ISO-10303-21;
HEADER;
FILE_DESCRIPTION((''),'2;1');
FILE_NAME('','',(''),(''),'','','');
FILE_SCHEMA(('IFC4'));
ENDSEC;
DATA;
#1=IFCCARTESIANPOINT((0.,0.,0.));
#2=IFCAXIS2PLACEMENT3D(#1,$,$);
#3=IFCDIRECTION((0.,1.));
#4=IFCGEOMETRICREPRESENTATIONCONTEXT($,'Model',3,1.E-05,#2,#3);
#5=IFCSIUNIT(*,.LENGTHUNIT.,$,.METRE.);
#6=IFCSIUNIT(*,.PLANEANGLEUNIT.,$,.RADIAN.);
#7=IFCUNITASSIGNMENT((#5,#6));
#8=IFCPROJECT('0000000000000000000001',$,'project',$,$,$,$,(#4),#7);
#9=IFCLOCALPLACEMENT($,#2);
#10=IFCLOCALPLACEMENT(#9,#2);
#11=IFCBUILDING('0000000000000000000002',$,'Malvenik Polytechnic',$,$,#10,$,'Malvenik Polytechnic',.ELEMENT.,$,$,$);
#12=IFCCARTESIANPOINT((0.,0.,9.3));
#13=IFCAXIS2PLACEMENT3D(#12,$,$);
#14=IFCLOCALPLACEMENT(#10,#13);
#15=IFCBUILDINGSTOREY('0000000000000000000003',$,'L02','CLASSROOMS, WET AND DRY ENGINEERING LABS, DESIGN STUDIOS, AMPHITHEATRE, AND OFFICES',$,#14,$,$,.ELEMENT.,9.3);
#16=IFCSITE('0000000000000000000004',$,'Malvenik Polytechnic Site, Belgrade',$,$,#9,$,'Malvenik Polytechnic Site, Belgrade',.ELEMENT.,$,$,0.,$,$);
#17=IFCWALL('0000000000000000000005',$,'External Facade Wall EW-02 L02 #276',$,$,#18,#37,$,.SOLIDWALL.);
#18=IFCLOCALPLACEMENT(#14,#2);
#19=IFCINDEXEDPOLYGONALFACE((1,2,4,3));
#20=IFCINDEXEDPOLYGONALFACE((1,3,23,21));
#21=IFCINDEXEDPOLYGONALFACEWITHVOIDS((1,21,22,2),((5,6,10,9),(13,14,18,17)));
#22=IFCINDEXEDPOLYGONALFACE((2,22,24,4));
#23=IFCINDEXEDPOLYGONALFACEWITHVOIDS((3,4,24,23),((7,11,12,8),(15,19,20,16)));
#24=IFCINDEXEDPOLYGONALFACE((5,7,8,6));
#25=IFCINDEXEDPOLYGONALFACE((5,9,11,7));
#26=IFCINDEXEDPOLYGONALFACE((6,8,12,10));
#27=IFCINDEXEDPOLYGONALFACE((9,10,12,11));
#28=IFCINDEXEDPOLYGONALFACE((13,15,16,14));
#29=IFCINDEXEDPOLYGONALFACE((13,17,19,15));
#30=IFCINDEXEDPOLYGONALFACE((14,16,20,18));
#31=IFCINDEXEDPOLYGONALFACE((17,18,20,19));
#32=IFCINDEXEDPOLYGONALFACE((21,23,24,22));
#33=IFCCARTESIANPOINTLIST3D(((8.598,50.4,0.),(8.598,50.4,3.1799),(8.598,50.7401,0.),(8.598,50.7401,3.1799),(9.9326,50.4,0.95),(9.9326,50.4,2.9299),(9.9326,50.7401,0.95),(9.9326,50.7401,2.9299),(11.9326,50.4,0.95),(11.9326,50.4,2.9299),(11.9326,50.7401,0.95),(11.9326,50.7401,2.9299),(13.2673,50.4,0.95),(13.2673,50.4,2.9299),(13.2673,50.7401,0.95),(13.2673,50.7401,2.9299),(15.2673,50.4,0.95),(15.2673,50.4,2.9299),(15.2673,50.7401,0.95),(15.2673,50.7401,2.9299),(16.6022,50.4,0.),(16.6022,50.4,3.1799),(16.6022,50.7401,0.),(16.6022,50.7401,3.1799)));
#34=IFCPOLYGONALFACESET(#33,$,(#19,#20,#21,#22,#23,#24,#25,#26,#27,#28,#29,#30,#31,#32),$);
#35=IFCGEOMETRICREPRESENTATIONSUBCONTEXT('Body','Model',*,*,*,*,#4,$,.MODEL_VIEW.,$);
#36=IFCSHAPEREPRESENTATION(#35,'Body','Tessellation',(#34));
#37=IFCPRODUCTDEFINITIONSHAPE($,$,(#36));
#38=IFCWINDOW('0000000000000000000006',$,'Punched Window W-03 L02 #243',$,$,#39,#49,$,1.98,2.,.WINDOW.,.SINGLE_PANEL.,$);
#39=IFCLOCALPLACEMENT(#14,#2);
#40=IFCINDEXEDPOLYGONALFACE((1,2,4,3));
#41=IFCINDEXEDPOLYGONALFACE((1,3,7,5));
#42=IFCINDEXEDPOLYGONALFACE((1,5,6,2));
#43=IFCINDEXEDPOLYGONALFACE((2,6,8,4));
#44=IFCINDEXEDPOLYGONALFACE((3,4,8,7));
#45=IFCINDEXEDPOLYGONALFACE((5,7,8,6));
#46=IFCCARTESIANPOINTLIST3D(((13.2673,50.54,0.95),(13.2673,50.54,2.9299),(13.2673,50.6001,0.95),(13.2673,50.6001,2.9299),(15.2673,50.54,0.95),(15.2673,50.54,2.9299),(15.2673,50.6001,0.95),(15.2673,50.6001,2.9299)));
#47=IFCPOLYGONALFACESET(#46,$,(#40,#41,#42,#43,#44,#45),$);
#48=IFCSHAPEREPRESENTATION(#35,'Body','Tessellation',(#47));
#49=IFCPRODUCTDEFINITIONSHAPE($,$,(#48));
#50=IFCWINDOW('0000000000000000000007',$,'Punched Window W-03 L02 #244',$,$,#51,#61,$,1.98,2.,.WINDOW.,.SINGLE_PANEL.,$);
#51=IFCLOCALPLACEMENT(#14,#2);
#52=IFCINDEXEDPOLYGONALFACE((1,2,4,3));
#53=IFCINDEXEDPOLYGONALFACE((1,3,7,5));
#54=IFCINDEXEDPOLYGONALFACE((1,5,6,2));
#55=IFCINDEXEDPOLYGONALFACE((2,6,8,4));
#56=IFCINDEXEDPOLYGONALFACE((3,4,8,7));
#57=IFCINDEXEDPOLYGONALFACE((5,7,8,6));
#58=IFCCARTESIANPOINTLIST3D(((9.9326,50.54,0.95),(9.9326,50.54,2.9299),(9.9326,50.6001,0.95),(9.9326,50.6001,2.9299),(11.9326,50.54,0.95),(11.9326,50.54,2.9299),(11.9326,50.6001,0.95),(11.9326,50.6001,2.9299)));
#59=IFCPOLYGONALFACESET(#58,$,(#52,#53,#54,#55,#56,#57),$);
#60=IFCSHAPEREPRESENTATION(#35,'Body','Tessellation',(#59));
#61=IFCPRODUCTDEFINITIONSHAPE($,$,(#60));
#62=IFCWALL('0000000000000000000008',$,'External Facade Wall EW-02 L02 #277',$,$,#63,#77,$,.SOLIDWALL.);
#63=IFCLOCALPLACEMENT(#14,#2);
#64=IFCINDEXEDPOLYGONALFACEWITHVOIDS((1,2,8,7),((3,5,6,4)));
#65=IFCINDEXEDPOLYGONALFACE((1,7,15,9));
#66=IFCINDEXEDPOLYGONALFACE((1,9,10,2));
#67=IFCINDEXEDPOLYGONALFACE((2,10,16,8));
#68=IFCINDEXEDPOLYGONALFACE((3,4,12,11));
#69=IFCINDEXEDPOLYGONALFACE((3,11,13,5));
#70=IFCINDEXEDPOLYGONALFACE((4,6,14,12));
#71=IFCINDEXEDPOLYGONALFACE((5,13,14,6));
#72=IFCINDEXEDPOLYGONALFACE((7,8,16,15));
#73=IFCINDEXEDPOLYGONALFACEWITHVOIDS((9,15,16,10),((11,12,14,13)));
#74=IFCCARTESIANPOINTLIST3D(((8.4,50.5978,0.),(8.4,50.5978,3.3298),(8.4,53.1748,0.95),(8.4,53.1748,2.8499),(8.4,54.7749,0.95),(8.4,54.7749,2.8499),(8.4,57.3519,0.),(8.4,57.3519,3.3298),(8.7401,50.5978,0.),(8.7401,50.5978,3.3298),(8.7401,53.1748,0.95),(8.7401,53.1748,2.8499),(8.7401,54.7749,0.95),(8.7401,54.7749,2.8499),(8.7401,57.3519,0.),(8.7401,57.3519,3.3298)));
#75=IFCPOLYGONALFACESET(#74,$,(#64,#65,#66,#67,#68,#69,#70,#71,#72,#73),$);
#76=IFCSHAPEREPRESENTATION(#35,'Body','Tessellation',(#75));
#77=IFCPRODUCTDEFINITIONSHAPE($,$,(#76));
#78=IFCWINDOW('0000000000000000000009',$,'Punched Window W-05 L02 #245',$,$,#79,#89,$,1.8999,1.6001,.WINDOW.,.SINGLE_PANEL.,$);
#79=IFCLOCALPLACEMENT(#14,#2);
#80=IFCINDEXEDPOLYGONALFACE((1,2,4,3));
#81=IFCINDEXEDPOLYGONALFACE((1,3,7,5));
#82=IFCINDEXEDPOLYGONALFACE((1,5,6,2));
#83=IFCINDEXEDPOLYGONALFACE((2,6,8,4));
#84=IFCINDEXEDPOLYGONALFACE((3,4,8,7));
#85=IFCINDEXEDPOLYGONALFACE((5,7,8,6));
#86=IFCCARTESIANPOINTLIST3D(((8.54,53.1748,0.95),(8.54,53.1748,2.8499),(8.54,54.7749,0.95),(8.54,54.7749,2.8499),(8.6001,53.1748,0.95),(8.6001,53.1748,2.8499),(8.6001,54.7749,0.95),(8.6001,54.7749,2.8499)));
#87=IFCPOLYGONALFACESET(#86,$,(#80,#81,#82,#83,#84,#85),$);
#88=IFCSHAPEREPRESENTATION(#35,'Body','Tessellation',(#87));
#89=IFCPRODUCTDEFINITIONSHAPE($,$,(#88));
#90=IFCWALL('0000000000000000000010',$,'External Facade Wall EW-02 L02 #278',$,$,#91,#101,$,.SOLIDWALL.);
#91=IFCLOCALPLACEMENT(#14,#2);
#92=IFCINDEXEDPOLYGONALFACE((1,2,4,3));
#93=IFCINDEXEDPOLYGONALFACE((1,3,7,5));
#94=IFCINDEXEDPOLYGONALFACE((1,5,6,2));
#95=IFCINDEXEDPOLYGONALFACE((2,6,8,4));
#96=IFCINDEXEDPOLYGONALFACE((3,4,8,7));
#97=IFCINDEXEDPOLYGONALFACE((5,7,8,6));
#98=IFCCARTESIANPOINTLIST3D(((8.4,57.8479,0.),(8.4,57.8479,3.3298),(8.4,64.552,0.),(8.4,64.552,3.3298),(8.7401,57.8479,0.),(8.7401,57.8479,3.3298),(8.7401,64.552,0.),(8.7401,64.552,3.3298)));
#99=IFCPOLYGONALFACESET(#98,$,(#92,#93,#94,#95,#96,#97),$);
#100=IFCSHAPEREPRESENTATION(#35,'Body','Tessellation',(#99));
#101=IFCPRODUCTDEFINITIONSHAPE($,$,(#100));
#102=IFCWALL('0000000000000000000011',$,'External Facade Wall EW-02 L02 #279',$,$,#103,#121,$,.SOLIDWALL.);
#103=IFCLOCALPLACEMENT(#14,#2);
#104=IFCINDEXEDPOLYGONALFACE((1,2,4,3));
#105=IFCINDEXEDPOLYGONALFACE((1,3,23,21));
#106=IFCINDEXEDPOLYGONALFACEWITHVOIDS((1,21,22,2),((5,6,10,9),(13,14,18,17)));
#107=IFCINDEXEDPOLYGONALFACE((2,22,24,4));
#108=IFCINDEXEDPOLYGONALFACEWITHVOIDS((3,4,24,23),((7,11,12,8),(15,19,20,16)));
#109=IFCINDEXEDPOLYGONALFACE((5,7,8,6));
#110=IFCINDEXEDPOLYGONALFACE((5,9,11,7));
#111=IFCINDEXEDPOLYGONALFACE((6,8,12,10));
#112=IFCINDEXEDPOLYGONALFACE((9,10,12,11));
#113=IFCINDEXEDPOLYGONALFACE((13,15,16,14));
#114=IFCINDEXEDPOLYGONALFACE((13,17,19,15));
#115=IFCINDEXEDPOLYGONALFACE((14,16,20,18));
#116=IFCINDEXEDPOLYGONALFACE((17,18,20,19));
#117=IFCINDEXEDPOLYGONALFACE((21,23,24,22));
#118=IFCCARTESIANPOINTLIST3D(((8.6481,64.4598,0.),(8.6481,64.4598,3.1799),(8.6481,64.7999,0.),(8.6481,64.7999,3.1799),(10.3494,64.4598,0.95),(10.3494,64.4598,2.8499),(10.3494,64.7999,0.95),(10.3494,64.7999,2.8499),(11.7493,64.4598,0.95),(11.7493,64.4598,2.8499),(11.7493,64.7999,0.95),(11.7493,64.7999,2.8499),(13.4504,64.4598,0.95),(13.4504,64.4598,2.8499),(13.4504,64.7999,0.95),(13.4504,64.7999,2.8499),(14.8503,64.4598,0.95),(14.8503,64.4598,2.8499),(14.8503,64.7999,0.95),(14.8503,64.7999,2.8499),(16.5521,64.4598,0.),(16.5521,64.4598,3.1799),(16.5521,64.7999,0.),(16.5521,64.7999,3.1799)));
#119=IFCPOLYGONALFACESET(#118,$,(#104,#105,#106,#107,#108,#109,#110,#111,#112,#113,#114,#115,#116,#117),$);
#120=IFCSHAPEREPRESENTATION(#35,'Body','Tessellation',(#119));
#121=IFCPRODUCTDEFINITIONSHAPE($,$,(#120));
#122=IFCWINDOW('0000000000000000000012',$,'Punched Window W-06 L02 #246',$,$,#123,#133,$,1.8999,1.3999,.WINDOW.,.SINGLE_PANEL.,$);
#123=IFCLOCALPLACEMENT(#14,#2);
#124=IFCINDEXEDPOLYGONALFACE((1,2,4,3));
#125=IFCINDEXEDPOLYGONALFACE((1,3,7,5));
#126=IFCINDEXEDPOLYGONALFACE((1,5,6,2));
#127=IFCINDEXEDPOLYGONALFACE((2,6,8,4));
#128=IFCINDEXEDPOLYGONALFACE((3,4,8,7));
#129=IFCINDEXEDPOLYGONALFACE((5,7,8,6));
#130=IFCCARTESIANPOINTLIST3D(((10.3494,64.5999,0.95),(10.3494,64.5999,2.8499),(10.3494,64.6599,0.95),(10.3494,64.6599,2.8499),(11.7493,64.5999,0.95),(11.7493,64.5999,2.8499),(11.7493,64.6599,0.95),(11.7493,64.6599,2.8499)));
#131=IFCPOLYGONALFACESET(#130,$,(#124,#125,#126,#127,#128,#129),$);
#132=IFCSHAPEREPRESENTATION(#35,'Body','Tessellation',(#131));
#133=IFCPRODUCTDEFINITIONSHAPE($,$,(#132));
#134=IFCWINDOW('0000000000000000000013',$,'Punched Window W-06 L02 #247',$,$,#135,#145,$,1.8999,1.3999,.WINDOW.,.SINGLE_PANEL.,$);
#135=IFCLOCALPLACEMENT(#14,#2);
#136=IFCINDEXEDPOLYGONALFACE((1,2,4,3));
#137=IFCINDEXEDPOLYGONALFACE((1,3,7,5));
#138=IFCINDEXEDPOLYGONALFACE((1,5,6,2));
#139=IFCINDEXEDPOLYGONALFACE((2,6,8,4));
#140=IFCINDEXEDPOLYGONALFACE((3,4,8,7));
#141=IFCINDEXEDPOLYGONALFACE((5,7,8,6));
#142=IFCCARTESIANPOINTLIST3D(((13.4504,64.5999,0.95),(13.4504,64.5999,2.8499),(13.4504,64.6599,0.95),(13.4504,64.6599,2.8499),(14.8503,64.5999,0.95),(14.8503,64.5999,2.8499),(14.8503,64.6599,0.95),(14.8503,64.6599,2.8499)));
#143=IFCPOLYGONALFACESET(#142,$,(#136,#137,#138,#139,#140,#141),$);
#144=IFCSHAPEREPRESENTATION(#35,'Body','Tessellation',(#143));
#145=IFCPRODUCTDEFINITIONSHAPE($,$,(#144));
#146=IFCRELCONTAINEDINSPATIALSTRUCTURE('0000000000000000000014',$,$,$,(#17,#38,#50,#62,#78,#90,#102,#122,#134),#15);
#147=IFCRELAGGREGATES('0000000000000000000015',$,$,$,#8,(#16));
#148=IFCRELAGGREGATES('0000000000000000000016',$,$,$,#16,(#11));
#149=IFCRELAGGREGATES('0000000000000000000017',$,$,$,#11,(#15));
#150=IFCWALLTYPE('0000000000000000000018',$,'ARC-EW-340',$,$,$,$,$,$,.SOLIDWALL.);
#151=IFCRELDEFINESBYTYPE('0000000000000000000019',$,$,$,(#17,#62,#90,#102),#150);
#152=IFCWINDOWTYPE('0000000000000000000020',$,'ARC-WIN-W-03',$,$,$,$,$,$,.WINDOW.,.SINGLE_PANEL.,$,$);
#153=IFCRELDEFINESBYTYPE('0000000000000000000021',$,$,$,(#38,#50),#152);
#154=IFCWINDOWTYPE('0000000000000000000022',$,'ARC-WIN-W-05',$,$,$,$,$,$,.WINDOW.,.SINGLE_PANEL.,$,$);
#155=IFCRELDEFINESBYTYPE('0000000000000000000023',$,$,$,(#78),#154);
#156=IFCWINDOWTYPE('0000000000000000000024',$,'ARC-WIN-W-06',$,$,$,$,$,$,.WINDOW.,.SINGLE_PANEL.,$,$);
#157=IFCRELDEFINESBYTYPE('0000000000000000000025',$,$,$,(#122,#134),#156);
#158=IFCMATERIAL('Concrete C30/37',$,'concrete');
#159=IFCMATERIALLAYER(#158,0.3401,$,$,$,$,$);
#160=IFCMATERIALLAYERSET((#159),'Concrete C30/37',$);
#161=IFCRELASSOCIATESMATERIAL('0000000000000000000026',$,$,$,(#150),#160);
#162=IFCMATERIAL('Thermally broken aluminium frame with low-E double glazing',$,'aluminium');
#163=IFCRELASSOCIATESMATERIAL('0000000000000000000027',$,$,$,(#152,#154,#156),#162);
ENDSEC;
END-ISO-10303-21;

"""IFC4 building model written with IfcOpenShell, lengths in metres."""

from ifc_helpers import new_model, si_unit, direction, frame, frame_2d, origin, place, context, subcontext, project, spatial, rectangle, extrude, material, layer, layer_set, type_object, element, fill, save


model = new_model("IFC4")

# Units and contexts
model_context = context("Model", 3, precision=1e-05, world=origin(), true_north=direction((0.0, 1.0)))
body_context = subcontext(model_context, "Body", "Model", "MODEL_VIEW")
ifc_project = project(units=[si_unit("LENGTHUNIT", "METRE"), si_unit("PLANEANGLEUNIT", "RADIAN")], contexts=[model_context])

# Site, building, storey
site_placement = place(None, origin())
site = spatial("IfcSite", under=ifc_project, at=site_placement, Name="Malvenik Polytechnic Site, Belgrade", LongName="Malvenik Polytechnic Site, Belgrade", CompositionType="ELEMENT", RefElevation=0.0)
building_placement = place(site_placement, origin())
building = spatial("IfcBuilding", under=site, at=building_placement, Name="Malvenik Polytechnic", LongName="Malvenik Polytechnic", CompositionType="ELEMENT")
storey_placement = place(building_placement, frame((0.0, 0.0, 9.3)))
storey = spatial("IfcBuildingStorey", under=building, at=storey_placement, Name="L02", Description="CLASSROOMS, WET AND DRY ENGINEERING LABS, DESIGN STUDIOS, AMPHITHEATRE, AND OFFICES", CompositionType="ELEMENT", Elevation=9.3)

# Shared definitions
ifc_material_1 = material(Name="Concrete C30/37", Category="concrete")

# Wall, openings, windows
ifc_layer_1 = layer(ifc_material_1, 0.3401)
ifc_layer_set_1 = layer_set([ifc_layer_1], Name="Concrete C30/37")
wall_type_1 = type_object("IfcWallType", Name="ARC-EW-340", PredefinedType="SOLIDWALL", material=ifc_layer_set_1)
wall_1_placement = place(storey_placement, frame((16.6021, 50.5701, 0.0), z_axis=(0.0, 0.0, 1.0), x_axis=(-1.0, 0.0, 0.0)))
wall_1 = element("IfcWall", 1, at=wall_1_placement, inside=storey, type_object=wall_type_1, Name="External Facade Wall EW-02 L02 #276", PredefinedType="SOLIDWALL", context=body_context, shape_type="SweptSolid", body=[
    extrude(rectangle(XDim=8.0042, YDim=0.3401, at=frame_2d((4.002, 0.0))), origin(), (0.0, 0.0, 1.0), 3.1799),
])
opening_1_placement = place(wall_1_placement, frame((1.3347, 0.0, 0.95)))
opening_1 = element("IfcOpeningElement", 2, at=opening_1_placement, cuts=wall_1, PredefinedType="OPENING", context=body_context, shape_type="SweptSolid", body=[
    extrude(rectangle(XDim=2.0, YDim=1.98, at=frame_2d((1.0, 0.99))), frame((0.0, 0.1802, 0.0), z_axis=(0.0, -1.0, 0.0), x_axis=(1.0, 0.0, 0.0)), (0.0, 0.0, 1.0), 0.3601),
])
opening_2_placement = place(wall_1_placement, frame((4.6694, 0.0, 0.95)))
opening_2 = element("IfcOpeningElement", 3, at=opening_2_placement, cuts=wall_1, PredefinedType="OPENING", context=body_context, shape_type="SweptSolid", body=[
    extrude(rectangle(XDim=2.0, YDim=1.98, at=frame_2d((1.0, 0.99))), frame((0.0, 0.1802, 0.0), z_axis=(0.0, -1.0, 0.0), x_axis=(1.0, 0.0, 0.0)), (0.0, 0.0, 1.0), 0.3601),
])
ifc_material_2 = material(Name="Thermally broken aluminium frame with low-E double glazing", Category="aluminium")
window_type_1 = type_object("IfcWindowType", Name="ARC-WIN-W-03", PartitioningType="SINGLE_PANEL", PredefinedType="WINDOW", material=ifc_material_2)
window_1_placement = place(opening_1_placement, origin())
window_1 = element("IfcWindow", 4, at=window_1_placement, inside=storey, type_object=window_type_1, Name="Punched Window W-03 L02 #243", OverallHeight=1.98, OverallWidth=2.0, PartitioningType="SINGLE_PANEL", PredefinedType="WINDOW", context=body_context, shape_type="SweptSolid", body=[
    extrude(rectangle(XDim=2.0, YDim=1.98, at=frame_2d((1.0, 0.99))), frame((0.0, 0.03, 0.0), z_axis=(0.0, -1.0, 0.0), x_axis=(1.0, 0.0, 0.0)), (0.0, 0.0, 1.0), 0.0601),
])
fill(opening_1, window_1)
window_2_placement = place(opening_2_placement, origin())
window_2 = element("IfcWindow", 5, at=window_2_placement, inside=storey, type_object=window_type_1, Name="Punched Window W-03 L02 #244", OverallHeight=1.98, OverallWidth=2.0, PartitioningType="SINGLE_PANEL", PredefinedType="WINDOW", context=body_context, shape_type="SweptSolid", body=[
    extrude(rectangle(XDim=2.0, YDim=1.98, at=frame_2d((1.0, 0.99))), frame((0.0, 0.03, 0.0), z_axis=(0.0, -1.0, 0.0), x_axis=(1.0, 0.0, 0.0)), (0.0, 0.0, 1.0), 0.0601),
])
fill(opening_2, window_2)

# Wall, opening, window
wall_2_placement = place(storey_placement, frame((8.5701, 50.5979, 0.0), z_axis=(0.0, 0.0, 1.0), x_axis=(0.0, 1.0, 0.0)))
wall_2 = element("IfcWall", 6, at=wall_2_placement, inside=storey, type_object=wall_type_1, Name="External Facade Wall EW-02 L02 #277", PredefinedType="SOLIDWALL", context=body_context, shape_type="SweptSolid", body=[
    extrude(rectangle(XDim=6.7542, YDim=0.3401, at=frame_2d((3.377, 0.0))), origin(), (0.0, 0.0, 1.0), 3.3298),
])
opening_3_placement = place(wall_2_placement, frame((2.5769, 0.0, 0.95)))
opening_3 = element("IfcOpeningElement", 7, at=opening_3_placement, cuts=wall_2, PredefinedType="OPENING", context=body_context, shape_type="SweptSolid", body=[
    extrude(rectangle(XDim=1.6001, YDim=1.8999, at=frame_2d((0.8, 0.95))), frame((0.0, 0.1802, 0.0), z_axis=(0.0, -1.0, 0.0), x_axis=(1.0, 0.0, 0.0)), (0.0, 0.0, 1.0), 0.3601),
])
window_type_2 = type_object("IfcWindowType", Name="ARC-WIN-W-05", PartitioningType="SINGLE_PANEL", PredefinedType="WINDOW", material=ifc_material_2)
window_3_placement = place(opening_3_placement, origin())
window_3 = element("IfcWindow", 8, at=window_3_placement, inside=storey, type_object=window_type_2, Name="Punched Window W-05 L02 #245", OverallHeight=1.8999, OverallWidth=1.6001, PartitioningType="SINGLE_PANEL", PredefinedType="WINDOW", context=body_context, shape_type="SweptSolid", body=[
    extrude(rectangle(XDim=1.6001, YDim=1.8999, at=frame_2d((0.8, 0.95))), frame((0.0, 0.03, 0.0), z_axis=(0.0, -1.0, 0.0), x_axis=(1.0, 0.0, 0.0)), (0.0, 0.0, 1.0), 0.0601),
])
fill(opening_3, window_3)

# Wall
wall_3_placement = place(storey_placement, frame((8.5701, 57.8479, 0.0), z_axis=(0.0, 0.0, 1.0), x_axis=(0.0, 1.0, 0.0)))
element("IfcWall", 9, at=wall_3_placement, inside=storey, type_object=wall_type_1, Name="External Facade Wall EW-02 L02 #278", PredefinedType="SOLIDWALL", context=body_context, shape_type="SweptSolid", body=[
    extrude(rectangle(XDim=6.7041, YDim=0.3401, at=frame_2d((3.3521, 0.0))), origin(), (0.0, 0.0, 1.0), 3.3298),
])

# Wall, openings, windows
wall_4_placement = place(storey_placement, frame((8.6479, 64.6299, 0.0), z_axis=(0.0, 0.0, 1.0), x_axis=(1.0, 0.0, 0.0)))
wall_4 = element("IfcWall", 10, at=wall_4_placement, inside=storey, type_object=wall_type_1, Name="External Facade Wall EW-02 L02 #279", PredefinedType="SOLIDWALL", context=body_context, shape_type="SweptSolid", body=[
    extrude(rectangle(XDim=7.9041, YDim=0.3401, at=frame_2d((3.9521, 0.0))), origin(), (0.0, 0.0, 1.0), 3.1799),
])
opening_4_placement = place(wall_4_placement, frame((1.7014, 0.0, 0.95)))
opening_4 = element("IfcOpeningElement", 11, at=opening_4_placement, cuts=wall_4, PredefinedType="OPENING", context=body_context, shape_type="SweptSolid", body=[
    extrude(rectangle(XDim=1.3999, YDim=1.8999, at=frame_2d((0.7, 0.95))), frame((0.0, 0.1802, 0.0), z_axis=(0.0, -1.0, 0.0), x_axis=(1.0, 0.0, 0.0)), (0.0, 0.0, 1.0), 0.3601),
])
opening_5_placement = place(wall_4_placement, frame((4.8025, 0.0, 0.95)))
opening_5 = element("IfcOpeningElement", 12, at=opening_5_placement, cuts=wall_4, PredefinedType="OPENING", context=body_context, shape_type="SweptSolid", body=[
    extrude(rectangle(XDim=1.3999, YDim=1.8999, at=frame_2d((0.7, 0.95))), frame((0.0, 0.1802, 0.0), z_axis=(0.0, -1.0, 0.0), x_axis=(1.0, 0.0, 0.0)), (0.0, 0.0, 1.0), 0.3601),
])
window_type_3 = type_object("IfcWindowType", Name="ARC-WIN-W-06", PartitioningType="SINGLE_PANEL", PredefinedType="WINDOW", material=ifc_material_2)
window_4_placement = place(opening_4_placement, origin())
window_4 = element("IfcWindow", 13, at=window_4_placement, inside=storey, type_object=window_type_3, Name="Punched Window W-06 L02 #246", OverallHeight=1.8999, OverallWidth=1.3999, PartitioningType="SINGLE_PANEL", PredefinedType="WINDOW", context=body_context, shape_type="SweptSolid", body=[
    extrude(rectangle(XDim=1.3999, YDim=1.8999, at=frame_2d((0.7, 0.95))), frame((0.0, 0.03, 0.0), z_axis=(0.0, -1.0, 0.0), x_axis=(1.0, 0.0, 0.0)), (0.0, 0.0, 1.0), 0.0601),
])
fill(opening_4, window_4)
window_5_placement = place(opening_5_placement, origin())
window_5 = element("IfcWindow", 14, at=window_5_placement, inside=storey, type_object=window_type_3, Name="Punched Window W-06 L02 #247", OverallHeight=1.8999, OverallWidth=1.3999, PartitioningType="SINGLE_PANEL", PredefinedType="WINDOW", context=body_context, shape_type="SweptSolid", body=[
    extrude(rectangle(XDim=1.3999, YDim=1.8999, at=frame_2d((0.7, 0.95))), frame((0.0, 0.03, 0.0), z_axis=(0.0, -1.0, 0.0), x_axis=(1.0, 0.0, 0.0)), (0.0, 0.0, 1.0), 0.0601),
])
fill(opening_5, window_5)

save(model, "model.ifc")
